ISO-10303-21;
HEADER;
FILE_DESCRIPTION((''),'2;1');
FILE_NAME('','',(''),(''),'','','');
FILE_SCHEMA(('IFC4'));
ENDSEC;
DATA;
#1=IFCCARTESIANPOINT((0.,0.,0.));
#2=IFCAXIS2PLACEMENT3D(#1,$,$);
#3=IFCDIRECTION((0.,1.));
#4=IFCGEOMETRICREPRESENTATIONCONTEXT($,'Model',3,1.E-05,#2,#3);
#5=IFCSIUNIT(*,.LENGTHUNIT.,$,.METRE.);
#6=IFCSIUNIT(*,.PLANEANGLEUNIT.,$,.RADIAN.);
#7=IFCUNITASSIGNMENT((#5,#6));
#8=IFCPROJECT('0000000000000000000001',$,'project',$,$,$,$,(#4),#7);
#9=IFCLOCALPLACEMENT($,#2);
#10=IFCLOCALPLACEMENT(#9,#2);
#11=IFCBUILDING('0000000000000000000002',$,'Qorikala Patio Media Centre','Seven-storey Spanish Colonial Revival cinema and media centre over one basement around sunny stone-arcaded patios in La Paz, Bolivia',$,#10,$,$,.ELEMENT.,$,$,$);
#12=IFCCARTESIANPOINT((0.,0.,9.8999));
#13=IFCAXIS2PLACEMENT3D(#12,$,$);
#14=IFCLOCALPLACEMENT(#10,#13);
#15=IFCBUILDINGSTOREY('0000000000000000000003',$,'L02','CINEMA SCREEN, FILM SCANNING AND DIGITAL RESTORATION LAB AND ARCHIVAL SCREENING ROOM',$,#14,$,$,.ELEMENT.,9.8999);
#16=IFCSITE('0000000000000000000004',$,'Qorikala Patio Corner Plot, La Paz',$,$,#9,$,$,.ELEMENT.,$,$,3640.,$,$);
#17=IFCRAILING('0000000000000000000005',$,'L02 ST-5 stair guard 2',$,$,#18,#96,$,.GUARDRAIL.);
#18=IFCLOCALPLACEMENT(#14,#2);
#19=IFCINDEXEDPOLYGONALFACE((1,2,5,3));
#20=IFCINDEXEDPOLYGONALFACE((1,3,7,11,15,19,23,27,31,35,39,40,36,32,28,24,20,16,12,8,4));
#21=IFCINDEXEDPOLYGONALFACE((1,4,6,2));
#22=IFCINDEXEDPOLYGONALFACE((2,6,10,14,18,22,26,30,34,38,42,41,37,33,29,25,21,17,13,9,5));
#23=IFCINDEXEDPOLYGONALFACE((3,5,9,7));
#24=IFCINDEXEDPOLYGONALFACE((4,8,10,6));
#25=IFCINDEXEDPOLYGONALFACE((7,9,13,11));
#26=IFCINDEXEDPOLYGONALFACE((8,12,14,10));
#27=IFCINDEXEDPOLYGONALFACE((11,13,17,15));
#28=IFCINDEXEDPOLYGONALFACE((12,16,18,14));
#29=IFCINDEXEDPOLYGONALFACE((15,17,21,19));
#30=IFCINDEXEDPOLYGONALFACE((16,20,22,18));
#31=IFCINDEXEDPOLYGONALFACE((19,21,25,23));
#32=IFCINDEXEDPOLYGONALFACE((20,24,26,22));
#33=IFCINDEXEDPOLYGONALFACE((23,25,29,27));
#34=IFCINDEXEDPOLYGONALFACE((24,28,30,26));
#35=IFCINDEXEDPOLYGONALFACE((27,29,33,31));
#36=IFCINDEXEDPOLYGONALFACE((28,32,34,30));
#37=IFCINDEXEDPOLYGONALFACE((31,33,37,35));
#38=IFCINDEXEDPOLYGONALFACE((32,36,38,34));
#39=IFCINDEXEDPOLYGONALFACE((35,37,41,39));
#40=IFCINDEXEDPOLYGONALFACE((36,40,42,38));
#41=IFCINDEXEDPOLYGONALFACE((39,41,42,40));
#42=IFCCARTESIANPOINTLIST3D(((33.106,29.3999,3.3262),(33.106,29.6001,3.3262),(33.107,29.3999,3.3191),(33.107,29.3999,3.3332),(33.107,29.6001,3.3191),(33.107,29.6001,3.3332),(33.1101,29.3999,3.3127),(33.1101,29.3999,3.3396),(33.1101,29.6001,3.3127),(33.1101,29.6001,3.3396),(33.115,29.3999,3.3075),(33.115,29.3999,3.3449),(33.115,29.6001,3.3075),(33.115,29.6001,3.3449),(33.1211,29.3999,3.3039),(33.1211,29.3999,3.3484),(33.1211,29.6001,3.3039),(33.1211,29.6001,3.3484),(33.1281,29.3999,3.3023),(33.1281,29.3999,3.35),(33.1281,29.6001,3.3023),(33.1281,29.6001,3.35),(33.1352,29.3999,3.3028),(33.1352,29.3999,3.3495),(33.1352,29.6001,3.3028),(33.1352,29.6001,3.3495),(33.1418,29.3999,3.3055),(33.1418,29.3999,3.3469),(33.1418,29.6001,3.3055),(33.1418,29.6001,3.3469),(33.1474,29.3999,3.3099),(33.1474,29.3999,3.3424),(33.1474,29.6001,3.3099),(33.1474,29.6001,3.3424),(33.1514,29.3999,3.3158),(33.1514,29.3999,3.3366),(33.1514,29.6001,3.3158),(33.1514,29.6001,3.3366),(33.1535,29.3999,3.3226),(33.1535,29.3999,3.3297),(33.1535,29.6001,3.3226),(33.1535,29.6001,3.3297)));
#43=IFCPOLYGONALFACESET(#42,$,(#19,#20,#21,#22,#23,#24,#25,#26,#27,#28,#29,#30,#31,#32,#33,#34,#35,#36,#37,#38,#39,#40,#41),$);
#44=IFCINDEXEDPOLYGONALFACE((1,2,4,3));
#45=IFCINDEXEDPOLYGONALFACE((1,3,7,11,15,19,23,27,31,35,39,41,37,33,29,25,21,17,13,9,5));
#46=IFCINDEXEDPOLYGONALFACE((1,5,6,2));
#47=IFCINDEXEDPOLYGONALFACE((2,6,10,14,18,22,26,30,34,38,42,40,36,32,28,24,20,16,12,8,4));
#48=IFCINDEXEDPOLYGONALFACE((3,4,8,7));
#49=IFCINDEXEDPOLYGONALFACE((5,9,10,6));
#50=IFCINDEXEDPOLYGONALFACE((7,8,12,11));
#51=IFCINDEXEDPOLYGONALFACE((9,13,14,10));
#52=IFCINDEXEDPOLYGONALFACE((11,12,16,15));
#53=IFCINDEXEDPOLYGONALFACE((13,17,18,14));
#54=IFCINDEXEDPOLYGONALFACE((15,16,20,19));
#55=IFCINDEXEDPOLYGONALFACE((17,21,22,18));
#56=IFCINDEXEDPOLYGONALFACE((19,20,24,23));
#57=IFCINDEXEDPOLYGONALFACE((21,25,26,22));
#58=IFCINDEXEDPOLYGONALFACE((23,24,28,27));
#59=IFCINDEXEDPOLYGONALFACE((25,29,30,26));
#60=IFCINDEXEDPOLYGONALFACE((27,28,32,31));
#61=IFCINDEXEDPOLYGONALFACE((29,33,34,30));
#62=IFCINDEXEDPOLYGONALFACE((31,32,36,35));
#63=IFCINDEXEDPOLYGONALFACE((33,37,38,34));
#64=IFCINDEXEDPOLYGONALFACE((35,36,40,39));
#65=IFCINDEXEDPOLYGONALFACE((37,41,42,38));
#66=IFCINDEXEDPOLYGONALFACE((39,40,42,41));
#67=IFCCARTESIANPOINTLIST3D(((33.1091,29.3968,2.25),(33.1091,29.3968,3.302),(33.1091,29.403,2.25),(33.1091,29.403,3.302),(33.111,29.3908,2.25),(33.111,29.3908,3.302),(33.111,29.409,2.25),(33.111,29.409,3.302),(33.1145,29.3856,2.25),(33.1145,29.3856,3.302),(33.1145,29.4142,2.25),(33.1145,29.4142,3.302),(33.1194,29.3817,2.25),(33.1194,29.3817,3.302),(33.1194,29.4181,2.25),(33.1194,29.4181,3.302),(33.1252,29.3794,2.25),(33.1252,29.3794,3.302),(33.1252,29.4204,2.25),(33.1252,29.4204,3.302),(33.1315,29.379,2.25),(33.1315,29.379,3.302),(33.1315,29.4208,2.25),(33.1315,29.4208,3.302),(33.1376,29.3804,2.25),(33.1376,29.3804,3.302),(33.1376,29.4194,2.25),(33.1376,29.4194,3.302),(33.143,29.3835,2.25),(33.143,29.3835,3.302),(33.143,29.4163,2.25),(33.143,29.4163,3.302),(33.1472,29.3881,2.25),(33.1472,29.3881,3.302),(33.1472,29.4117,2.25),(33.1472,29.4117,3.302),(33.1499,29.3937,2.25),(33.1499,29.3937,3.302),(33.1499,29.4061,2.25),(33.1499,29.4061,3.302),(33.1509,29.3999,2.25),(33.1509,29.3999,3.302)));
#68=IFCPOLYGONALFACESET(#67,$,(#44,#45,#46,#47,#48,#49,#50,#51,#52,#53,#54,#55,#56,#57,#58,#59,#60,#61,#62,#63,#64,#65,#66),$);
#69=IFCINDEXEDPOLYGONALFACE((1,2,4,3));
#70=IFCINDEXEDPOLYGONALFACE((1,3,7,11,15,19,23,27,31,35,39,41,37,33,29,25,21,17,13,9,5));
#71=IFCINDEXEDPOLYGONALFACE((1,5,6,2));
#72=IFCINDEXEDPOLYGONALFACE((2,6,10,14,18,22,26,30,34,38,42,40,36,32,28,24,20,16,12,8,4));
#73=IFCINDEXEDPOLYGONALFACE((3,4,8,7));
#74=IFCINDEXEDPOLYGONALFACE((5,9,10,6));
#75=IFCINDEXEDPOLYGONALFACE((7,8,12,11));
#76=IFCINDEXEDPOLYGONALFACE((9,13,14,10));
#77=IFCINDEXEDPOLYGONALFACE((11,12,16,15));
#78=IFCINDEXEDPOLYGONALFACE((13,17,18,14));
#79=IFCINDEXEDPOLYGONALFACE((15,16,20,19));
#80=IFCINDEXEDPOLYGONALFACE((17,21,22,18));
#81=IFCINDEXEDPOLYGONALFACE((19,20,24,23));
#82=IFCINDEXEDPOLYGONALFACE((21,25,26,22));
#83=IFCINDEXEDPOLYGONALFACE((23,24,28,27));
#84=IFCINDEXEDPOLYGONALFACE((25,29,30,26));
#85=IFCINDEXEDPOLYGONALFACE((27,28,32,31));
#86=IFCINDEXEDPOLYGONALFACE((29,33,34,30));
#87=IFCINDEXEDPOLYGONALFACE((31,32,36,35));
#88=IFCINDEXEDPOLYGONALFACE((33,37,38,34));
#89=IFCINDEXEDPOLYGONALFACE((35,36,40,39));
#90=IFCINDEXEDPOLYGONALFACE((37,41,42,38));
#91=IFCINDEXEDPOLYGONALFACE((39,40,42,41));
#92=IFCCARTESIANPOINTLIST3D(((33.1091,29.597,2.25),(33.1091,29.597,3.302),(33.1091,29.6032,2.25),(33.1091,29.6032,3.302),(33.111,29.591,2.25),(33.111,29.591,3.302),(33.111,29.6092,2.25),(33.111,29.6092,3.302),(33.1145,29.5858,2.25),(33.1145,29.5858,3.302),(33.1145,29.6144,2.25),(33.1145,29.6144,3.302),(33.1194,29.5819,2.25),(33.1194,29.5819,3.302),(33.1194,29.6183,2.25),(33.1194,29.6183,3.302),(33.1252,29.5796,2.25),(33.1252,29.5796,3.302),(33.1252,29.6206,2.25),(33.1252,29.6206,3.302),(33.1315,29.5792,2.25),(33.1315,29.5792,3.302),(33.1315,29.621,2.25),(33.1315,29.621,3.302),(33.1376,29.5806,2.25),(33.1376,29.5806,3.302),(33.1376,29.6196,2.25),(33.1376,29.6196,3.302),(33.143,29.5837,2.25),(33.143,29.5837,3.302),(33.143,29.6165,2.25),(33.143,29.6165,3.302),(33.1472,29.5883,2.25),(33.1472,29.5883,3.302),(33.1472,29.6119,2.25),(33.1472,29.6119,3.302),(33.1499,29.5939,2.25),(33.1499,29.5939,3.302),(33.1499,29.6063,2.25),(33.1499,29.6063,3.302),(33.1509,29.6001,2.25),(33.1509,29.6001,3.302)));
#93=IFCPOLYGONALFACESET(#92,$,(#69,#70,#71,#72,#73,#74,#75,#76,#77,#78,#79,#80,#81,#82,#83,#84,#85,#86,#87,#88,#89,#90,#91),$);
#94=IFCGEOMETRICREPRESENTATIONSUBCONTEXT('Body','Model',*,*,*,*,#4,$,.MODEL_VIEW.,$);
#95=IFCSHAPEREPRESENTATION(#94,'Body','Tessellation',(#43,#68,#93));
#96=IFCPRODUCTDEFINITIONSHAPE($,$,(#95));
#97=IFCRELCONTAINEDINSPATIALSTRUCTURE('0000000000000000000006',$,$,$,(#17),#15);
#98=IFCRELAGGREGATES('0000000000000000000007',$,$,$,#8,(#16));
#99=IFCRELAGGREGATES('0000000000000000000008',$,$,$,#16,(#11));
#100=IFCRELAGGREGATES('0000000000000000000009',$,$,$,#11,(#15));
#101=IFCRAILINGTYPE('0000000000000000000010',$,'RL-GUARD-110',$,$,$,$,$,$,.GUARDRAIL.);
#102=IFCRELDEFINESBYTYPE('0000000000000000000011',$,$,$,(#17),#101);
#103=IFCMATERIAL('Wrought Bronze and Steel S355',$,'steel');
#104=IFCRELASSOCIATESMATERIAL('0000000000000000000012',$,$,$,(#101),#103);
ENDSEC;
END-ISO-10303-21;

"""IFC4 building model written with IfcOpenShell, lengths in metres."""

from ifc_helpers import new_model, si_unit, direction, frame, origin, origin_2d, place, context, subcontext, project, spatial, circle, extrude, material, type_object, element, save


model = new_model("IFC4")

# Units and contexts
model_context = context("Model", 3, precision=1e-05, world=origin(), true_north=direction((0.0, 1.0)))
body_context = subcontext(model_context, "Body", "Model", "MODEL_VIEW")
ifc_project = project(units=[si_unit("LENGTHUNIT", "METRE"), si_unit("PLANEANGLEUNIT", "RADIAN")], contexts=[model_context])

# Site, building, storey
site_placement = place(None, origin())
site = spatial("IfcSite", under=ifc_project, at=site_placement, Name="Qorikala Patio Corner Plot, La Paz", CompositionType="ELEMENT", RefElevation=3640.0)
building_placement = place(site_placement, origin())
building = spatial("IfcBuilding", under=site, at=building_placement, Name="Qorikala Patio Media Centre", Description="Seven-storey Spanish Colonial Revival cinema and media centre over one basement around sunny stone-arcaded patios in La Paz, Bolivia", CompositionType="ELEMENT")
storey_placement = place(building_placement, frame((0.0, 0.0, 9.8999)))
storey = spatial("IfcBuildingStorey", under=building, at=storey_placement, Name="L02", Description="CINEMA SCREEN, FILM SCANNING AND DIGITAL RESTORATION LAB AND ARCHIVAL SCREENING ROOM", CompositionType="ELEMENT", Elevation=9.8999)

# Railing
ifc_material_1 = material(Name="Wrought Bronze and Steel S355", Category="steel")
railing_type_1 = type_object("IfcRailingType", Name="RL-GUARD-110", PredefinedType="GUARDRAIL", material=ifc_material_1)
railing_1_placement = place(storey_placement, frame((33.1299, 29.3999, 2.25)))
element("IfcRailing", 1, at=railing_1_placement, inside=storey, type_object=railing_type_1, Name="L02 ST-5 stair guard 2", PredefinedType="GUARDRAIL", context=body_context, shape_type="SweptSolid", body=[
    extrude(circle(Radius=0.0239, at=origin_2d()), frame((0.0, 0.0, 1.0762), z_axis=(0.0, 1.0, 0.0), x_axis=(-1.0, 0.0, 0.0)), (0.0, 0.0, 1.0), 0.2002),
    extrude(circle(Radius=0.021, at=origin_2d()), origin(), (0.0, 0.0, 1.0), 1.052),
    extrude(circle(Radius=0.021, at=origin_2d()), frame((0.0, 0.2002, 0.0)), (0.0, 0.0, 1.0), 1.052),
])

save(model, "model.ifc")
